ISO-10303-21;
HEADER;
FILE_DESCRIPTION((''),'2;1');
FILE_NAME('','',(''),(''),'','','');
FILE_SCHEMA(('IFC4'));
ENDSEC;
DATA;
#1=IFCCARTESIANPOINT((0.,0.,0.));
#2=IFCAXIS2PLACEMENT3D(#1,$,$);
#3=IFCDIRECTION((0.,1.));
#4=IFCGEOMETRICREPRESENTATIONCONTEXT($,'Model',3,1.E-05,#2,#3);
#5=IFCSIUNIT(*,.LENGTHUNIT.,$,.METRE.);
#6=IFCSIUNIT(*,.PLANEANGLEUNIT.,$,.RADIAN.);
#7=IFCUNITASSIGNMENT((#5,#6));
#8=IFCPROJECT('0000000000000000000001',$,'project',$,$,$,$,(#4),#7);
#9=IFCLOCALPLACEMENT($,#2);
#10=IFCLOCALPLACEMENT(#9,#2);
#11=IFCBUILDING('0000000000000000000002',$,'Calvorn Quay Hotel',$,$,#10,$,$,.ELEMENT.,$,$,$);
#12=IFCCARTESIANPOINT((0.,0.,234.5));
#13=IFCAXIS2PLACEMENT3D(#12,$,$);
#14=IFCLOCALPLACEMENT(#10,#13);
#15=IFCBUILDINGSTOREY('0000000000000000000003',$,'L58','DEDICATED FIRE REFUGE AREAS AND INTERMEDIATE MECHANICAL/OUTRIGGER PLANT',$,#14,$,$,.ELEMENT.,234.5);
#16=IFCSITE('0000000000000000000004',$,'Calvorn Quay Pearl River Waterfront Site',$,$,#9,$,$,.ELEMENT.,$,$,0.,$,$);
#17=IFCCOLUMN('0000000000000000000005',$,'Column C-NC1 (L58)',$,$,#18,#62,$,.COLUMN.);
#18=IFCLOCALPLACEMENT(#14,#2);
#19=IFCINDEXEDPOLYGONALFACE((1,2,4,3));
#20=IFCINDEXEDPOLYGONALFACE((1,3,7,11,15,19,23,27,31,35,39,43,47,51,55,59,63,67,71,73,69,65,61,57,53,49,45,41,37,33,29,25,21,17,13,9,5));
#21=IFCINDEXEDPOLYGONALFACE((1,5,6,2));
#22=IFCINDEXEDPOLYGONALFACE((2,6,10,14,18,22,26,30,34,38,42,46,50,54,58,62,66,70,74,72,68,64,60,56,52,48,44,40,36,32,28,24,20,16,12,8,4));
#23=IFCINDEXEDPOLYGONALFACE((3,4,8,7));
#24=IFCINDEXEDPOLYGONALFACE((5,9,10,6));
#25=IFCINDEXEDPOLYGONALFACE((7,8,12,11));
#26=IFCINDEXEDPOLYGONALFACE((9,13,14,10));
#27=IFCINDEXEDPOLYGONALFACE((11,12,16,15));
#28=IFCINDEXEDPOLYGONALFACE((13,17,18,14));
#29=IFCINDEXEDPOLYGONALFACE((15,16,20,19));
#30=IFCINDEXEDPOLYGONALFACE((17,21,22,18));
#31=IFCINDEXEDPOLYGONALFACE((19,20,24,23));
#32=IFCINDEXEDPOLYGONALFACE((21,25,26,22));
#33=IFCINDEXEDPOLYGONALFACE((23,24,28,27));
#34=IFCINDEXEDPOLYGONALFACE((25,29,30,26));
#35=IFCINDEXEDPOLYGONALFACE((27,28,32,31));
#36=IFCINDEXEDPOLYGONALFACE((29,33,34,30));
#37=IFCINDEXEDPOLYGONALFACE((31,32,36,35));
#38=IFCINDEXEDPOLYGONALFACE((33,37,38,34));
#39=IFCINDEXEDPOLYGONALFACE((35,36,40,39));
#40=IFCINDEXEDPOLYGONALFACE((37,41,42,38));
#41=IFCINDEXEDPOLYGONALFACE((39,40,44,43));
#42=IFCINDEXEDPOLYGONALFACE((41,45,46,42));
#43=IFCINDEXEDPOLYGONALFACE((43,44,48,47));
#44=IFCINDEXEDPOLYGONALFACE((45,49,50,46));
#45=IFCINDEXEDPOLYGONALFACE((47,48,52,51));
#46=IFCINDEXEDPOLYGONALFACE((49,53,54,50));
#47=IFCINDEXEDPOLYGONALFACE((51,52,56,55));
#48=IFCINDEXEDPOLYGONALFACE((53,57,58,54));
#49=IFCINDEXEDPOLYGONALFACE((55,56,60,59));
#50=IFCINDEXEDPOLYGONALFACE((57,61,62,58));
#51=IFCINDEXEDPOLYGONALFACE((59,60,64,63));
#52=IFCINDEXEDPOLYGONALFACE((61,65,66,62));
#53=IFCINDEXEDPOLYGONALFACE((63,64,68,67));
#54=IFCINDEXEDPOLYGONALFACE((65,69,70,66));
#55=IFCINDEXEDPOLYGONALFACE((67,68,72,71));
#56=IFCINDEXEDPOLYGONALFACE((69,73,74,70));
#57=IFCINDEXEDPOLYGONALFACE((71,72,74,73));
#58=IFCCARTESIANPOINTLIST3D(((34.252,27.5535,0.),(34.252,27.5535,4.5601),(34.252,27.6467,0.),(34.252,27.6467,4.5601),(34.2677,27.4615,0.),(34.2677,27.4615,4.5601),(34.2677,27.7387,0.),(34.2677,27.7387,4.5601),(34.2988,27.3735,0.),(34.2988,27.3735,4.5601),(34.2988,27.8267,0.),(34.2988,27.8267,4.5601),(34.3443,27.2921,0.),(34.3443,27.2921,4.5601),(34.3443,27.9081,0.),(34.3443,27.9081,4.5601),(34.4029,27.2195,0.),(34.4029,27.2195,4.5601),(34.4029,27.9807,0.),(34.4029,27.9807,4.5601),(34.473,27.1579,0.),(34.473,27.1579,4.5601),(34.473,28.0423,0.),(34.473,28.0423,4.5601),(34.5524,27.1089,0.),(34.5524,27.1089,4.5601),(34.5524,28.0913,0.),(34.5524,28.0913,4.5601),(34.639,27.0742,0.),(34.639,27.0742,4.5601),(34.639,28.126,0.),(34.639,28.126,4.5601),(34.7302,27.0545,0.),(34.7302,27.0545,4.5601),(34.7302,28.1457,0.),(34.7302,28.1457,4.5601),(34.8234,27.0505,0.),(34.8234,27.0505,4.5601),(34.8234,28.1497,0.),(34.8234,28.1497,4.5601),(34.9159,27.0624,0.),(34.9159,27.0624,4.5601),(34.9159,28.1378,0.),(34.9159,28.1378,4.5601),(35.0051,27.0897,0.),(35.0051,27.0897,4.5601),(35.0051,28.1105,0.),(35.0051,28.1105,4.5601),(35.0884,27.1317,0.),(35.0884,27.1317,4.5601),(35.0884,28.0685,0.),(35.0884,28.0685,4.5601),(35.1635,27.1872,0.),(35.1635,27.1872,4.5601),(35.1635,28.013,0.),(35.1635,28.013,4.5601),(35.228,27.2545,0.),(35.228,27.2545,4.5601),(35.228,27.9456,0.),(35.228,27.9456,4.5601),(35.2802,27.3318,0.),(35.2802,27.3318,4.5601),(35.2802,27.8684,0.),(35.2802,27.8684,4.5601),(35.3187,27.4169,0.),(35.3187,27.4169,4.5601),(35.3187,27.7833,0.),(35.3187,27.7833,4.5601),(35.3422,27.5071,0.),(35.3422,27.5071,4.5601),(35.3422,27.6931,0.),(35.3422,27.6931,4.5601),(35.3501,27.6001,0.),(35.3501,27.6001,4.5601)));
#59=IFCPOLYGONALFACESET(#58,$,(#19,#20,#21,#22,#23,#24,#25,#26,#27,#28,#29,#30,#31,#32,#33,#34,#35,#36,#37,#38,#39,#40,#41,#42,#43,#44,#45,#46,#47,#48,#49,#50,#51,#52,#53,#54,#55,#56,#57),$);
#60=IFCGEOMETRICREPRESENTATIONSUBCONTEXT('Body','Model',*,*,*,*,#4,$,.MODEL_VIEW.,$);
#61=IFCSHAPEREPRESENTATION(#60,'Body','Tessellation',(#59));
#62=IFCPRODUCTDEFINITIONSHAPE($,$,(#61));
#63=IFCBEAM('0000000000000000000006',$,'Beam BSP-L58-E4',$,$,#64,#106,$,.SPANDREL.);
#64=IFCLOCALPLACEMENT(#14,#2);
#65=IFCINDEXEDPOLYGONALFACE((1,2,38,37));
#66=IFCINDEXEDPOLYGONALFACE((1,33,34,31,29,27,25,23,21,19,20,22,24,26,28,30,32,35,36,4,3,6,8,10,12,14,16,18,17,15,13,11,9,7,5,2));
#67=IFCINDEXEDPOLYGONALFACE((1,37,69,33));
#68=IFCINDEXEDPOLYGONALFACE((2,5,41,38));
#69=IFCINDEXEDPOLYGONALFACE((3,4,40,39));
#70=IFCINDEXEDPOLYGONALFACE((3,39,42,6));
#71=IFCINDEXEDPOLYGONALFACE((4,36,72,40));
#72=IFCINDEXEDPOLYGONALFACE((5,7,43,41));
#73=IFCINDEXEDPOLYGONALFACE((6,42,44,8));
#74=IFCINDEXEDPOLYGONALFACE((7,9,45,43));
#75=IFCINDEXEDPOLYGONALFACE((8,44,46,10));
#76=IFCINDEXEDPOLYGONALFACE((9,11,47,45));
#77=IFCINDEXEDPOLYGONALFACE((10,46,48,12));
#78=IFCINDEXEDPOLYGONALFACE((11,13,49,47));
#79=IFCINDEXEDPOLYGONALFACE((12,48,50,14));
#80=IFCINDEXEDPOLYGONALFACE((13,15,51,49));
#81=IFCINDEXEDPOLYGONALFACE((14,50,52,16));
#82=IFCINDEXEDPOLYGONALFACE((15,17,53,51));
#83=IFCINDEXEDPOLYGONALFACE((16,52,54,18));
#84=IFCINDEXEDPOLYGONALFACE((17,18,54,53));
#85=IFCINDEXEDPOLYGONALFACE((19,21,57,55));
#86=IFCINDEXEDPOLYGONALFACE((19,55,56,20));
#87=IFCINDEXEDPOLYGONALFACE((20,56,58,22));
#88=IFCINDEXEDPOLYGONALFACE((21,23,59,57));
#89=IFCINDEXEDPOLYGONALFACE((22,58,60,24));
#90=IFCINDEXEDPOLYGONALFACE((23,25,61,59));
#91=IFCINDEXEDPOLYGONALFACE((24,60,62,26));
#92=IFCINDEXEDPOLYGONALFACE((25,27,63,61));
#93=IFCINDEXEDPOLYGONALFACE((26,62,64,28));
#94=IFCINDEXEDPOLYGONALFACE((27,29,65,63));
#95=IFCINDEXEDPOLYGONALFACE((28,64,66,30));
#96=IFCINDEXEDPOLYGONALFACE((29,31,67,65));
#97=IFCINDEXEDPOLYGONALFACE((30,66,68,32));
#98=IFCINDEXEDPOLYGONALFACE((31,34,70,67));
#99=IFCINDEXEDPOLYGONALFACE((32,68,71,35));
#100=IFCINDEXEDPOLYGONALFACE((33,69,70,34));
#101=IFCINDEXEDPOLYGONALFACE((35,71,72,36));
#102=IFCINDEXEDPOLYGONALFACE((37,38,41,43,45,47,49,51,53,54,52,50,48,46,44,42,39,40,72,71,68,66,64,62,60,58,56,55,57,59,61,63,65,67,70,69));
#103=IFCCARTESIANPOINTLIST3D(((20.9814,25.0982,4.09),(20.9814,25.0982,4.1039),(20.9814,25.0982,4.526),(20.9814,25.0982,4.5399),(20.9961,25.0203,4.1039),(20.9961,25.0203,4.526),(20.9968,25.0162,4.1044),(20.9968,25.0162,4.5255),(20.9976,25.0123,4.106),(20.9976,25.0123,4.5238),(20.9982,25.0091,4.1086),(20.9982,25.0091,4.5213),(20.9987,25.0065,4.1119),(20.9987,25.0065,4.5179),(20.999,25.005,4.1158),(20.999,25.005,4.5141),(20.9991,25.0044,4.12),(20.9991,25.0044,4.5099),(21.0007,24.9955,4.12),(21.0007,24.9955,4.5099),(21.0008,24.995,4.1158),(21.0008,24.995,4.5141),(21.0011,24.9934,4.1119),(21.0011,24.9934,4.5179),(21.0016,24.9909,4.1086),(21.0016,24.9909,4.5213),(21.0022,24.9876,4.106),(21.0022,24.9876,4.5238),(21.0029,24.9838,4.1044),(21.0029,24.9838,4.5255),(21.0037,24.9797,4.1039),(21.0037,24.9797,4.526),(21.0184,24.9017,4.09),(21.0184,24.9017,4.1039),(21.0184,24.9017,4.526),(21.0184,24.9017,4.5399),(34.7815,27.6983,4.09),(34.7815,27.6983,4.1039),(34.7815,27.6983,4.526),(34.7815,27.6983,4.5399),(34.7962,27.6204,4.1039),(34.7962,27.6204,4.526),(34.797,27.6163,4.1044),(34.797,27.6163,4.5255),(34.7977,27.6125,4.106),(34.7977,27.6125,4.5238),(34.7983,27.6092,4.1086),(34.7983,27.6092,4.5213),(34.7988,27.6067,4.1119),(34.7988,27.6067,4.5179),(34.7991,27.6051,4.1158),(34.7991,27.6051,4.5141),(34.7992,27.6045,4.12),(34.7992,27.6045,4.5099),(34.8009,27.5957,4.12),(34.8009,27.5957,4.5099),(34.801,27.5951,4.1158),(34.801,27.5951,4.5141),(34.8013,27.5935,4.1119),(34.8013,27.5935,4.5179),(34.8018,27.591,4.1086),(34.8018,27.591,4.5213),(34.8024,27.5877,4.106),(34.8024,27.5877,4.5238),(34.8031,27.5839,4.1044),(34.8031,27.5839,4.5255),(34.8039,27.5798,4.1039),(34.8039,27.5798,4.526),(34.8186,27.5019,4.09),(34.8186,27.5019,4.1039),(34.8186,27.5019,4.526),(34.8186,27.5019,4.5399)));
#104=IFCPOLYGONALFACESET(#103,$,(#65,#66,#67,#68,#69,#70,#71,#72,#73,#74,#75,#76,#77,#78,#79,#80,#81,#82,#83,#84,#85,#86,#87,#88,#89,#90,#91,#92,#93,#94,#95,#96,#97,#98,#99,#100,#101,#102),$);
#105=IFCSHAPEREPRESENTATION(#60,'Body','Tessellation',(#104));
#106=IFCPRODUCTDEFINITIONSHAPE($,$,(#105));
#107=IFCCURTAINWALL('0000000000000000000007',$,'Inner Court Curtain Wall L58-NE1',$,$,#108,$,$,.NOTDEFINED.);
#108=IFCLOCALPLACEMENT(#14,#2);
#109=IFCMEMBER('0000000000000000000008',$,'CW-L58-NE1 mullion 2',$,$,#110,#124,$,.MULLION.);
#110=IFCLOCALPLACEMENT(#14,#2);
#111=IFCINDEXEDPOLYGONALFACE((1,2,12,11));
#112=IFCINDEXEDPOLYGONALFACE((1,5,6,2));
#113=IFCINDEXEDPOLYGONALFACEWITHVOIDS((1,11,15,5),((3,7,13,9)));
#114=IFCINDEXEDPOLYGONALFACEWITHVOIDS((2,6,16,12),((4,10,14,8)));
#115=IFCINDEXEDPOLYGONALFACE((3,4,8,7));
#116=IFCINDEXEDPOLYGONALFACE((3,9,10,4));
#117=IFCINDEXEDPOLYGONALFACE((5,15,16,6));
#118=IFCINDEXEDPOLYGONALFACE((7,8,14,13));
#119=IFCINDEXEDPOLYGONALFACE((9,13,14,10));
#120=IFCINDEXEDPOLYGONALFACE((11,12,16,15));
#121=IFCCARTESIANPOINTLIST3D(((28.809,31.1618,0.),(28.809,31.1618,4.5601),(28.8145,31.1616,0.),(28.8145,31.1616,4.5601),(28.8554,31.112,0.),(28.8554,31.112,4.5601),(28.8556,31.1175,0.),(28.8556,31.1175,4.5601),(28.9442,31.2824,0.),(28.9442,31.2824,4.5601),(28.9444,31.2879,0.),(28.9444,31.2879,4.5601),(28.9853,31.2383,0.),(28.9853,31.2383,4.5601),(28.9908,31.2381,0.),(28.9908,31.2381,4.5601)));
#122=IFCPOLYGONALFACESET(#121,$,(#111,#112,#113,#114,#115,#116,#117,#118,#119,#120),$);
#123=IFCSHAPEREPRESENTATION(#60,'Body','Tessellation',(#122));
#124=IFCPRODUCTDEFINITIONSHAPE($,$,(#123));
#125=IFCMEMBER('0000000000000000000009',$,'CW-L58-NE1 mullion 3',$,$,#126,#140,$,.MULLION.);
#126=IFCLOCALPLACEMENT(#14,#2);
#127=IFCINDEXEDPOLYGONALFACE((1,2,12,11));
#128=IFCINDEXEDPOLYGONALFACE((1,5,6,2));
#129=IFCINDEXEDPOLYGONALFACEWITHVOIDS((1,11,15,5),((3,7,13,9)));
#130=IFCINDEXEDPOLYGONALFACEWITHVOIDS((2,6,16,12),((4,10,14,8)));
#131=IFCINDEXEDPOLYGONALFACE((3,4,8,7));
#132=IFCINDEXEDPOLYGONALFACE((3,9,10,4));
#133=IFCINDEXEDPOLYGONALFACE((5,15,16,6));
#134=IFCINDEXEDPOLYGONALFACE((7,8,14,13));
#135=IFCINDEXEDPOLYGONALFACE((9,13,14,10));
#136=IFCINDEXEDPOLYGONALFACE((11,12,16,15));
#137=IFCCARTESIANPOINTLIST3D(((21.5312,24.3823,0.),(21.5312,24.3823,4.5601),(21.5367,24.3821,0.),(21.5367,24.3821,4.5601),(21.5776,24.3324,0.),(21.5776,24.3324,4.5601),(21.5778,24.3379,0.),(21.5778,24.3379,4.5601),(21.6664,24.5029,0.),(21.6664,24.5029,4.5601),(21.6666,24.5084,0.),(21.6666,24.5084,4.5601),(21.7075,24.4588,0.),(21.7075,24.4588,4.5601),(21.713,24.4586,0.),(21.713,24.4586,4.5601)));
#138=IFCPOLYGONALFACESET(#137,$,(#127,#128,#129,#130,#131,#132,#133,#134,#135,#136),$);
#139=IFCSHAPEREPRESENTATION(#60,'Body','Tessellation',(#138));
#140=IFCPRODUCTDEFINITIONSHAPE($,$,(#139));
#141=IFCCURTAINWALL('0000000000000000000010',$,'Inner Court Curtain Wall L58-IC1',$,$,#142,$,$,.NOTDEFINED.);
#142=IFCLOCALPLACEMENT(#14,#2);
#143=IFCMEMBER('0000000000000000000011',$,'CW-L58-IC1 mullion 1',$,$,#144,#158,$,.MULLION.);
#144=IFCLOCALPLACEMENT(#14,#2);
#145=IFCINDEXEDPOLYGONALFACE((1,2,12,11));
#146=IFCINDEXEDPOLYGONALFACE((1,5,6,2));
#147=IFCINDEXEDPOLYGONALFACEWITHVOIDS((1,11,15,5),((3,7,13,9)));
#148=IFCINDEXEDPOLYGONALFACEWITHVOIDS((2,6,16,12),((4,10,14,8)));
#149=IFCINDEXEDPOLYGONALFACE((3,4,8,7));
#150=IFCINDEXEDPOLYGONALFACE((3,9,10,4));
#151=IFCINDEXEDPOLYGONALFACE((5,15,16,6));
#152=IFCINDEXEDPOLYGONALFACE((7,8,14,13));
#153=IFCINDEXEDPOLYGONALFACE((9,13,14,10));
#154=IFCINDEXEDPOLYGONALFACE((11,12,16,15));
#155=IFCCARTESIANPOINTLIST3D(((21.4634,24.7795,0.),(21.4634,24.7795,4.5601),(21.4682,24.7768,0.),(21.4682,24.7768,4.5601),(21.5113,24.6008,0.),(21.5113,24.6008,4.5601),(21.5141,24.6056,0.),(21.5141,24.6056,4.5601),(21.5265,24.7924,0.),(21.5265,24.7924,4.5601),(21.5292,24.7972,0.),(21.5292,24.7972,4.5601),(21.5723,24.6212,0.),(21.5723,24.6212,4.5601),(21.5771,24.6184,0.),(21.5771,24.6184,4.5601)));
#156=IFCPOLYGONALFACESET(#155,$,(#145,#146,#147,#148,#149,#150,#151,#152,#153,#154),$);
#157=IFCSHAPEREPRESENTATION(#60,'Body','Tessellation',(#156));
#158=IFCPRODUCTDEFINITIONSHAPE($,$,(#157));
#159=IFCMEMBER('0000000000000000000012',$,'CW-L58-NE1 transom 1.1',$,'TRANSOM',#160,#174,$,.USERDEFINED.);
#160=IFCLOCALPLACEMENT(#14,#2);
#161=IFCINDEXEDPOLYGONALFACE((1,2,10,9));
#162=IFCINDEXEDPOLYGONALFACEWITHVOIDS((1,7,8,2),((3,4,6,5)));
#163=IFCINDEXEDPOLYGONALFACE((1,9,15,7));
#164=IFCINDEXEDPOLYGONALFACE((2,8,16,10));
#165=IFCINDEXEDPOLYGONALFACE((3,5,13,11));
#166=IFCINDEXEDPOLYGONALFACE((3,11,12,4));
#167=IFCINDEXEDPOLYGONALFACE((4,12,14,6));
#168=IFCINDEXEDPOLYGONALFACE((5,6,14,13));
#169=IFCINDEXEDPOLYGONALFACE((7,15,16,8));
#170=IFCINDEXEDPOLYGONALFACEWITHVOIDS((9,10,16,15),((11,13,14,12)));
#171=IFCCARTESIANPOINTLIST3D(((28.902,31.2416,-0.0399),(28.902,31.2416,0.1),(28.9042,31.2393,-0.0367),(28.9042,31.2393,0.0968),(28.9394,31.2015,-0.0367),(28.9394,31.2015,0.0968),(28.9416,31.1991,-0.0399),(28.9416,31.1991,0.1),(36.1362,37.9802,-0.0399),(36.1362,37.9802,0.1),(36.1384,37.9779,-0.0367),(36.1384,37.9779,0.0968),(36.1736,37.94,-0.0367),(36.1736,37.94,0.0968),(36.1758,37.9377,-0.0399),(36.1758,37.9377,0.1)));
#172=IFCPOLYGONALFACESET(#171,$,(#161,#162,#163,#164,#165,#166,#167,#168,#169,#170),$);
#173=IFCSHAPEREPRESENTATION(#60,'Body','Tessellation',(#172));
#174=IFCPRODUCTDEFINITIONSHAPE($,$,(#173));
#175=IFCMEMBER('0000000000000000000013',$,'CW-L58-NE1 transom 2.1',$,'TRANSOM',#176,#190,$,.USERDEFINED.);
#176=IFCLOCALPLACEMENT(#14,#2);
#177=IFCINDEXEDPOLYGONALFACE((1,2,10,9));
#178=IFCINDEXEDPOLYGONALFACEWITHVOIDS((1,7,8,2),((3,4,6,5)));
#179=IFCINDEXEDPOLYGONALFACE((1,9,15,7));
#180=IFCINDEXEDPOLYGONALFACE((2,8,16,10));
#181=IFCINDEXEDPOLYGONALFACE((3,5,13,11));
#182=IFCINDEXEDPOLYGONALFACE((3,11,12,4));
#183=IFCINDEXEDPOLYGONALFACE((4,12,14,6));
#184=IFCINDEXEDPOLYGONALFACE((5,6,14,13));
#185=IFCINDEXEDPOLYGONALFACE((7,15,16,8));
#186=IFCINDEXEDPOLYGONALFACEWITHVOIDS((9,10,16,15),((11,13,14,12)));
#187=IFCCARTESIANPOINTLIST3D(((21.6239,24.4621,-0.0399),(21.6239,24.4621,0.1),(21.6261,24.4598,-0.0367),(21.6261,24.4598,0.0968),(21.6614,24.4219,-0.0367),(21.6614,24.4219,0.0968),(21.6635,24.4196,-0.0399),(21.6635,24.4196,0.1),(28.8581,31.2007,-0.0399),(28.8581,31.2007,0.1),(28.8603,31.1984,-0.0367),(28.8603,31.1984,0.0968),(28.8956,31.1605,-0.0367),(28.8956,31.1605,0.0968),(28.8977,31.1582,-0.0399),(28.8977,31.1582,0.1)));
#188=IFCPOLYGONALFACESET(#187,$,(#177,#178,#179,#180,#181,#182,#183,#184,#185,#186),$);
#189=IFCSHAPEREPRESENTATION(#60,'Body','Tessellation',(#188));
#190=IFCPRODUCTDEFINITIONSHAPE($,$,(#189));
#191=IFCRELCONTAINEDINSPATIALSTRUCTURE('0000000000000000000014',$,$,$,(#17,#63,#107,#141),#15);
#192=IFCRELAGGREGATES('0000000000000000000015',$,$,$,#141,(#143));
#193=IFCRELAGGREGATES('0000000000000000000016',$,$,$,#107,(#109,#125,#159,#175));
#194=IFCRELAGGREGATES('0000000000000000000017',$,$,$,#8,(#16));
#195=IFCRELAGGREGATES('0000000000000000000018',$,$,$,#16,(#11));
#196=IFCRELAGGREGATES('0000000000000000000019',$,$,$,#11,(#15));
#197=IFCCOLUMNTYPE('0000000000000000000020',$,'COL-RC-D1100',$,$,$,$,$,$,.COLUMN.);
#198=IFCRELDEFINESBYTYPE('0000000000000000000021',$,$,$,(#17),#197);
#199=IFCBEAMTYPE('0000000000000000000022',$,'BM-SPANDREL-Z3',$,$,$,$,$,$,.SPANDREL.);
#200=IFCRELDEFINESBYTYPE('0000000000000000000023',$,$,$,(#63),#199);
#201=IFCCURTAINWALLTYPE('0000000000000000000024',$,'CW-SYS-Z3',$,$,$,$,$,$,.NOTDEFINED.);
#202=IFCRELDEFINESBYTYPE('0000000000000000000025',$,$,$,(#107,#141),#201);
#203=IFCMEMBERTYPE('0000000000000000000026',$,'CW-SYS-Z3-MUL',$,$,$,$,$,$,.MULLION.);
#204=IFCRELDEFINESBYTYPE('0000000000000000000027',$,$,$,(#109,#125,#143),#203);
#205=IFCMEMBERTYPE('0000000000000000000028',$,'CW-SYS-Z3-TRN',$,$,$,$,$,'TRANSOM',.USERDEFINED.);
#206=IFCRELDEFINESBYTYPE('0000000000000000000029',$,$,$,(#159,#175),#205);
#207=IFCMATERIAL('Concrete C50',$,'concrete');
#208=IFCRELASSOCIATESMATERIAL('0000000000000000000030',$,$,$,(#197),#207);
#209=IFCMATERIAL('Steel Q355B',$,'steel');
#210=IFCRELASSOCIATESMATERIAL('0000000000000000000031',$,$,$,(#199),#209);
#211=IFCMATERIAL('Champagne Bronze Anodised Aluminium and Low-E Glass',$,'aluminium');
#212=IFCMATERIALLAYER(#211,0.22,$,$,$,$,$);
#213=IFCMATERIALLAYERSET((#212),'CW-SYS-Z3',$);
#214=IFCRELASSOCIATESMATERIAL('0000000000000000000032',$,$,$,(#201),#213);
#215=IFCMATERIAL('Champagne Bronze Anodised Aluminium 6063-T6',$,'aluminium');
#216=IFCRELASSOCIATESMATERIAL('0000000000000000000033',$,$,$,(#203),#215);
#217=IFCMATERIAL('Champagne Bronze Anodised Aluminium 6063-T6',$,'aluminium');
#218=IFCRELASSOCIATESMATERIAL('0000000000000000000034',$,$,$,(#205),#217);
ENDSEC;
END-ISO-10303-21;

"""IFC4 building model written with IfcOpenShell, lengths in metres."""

from ifc_helpers import new_model, si_unit, direction, frame, origin, origin_2d, place, context, subcontext, project, spatial, hollow_rectangle, circle, i_section, extrude, material, layer, layer_set, material_profile, profile_set, type_object, element, aggregate, save


model = new_model("IFC4")

# Units and contexts
model_context = context("Model", 3, precision=1e-05, world=origin(), true_north=direction((0.0, 1.0)))
body_context = subcontext(model_context, "Body", "Model", "MODEL_VIEW")
ifc_project = project(units=[si_unit("LENGTHUNIT", "METRE"), si_unit("PLANEANGLEUNIT", "RADIAN")], contexts=[model_context])

# Site, building, storey
site_placement = place(None, origin())
site = spatial("IfcSite", under=ifc_project, at=site_placement, Name="Calvorn Quay Pearl River Waterfront Site", CompositionType="ELEMENT", RefElevation=0.0)
building_placement = place(site_placement, origin())
building = spatial("IfcBuilding", under=site, at=building_placement, Name="Calvorn Quay Hotel", CompositionType="ELEMENT")
storey_placement = place(building_placement, frame((0.0, 0.0, 234.5)))
storey = spatial("IfcBuildingStorey", under=building, at=storey_placement, Name="L58", Description="DEDICATED FIRE REFUGE AREAS AND INTERMEDIATE MECHANICAL/OUTRIGGER PLANT", CompositionType="ELEMENT", Elevation=234.5)

# Column
ifc_material_1 = material(Name="Concrete C50", Category="concrete")
ifc_material_profile_1 = material_profile(ifc_material_1, circle(Radius=0.55, at=origin_2d()), Name="RCD1100")
ifc_profile_set_1 = profile_set([ifc_material_profile_1], Name="Concrete C50")
column_type = type_object("IfcColumnType", Name="COL-RC-D1100", PredefinedType="COLUMN", material=ifc_profile_set_1)
column_placement = place(storey_placement, frame((34.8, 27.6001, 0.0), z_axis=(0.0, 0.0, 1.0), x_axis=(1.0, 0.0, 0.0)))
element("IfcColumn", 1, at=column_placement, inside=storey, type_object=column_type, Name="Column C-NC1 (L58)", PredefinedType="COLUMN", context=body_context, shape_type="SweptSolid", body=[
    extrude(circle(Radius=0.55, at=origin_2d()), origin(), (0.0, 0.0, 1.0), 4.5601),
])

# Beam
ifc_material_2 = material(Name="Steel Q355B", Category="steel")
ifc_material_profile_2 = material_profile(ifc_material_2, i_section(OverallWidth=0.2, OverallDepth=0.45, WebThickness=0.009, FlangeThickness=0.0139, FilletRadius=0.0161, at=origin_2d()), Name="HN450x200x9x14")
ifc_profile_set_2 = profile_set([ifc_material_profile_2], Name="Steel Q355B")
beam_type = type_object("IfcBeamType", Name="BM-SPANDREL-Z3", PredefinedType="SPANDREL", material=ifc_profile_set_2)
beam_placement = place(storey_placement, frame((34.8, 27.6001, 4.3149), z_axis=(-0.982709, -0.185154, 0.0), x_axis=(0.185154, -0.982709, 0.0)))
element("IfcBeam", 2, at=beam_placement, inside=storey, type_object=beam_type, Name="Beam BSP-L58-E4", PredefinedType="SPANDREL", context=body_context, shape_type="SweptSolid", body=[
    extrude(i_section(OverallWidth=0.2, OverallDepth=0.45, WebThickness=0.009, FlangeThickness=0.0139, FilletRadius=0.0161, at=origin_2d()), origin(), (0.0, 0.0, 1.0), 14.043),
])

# Curtain wall, members
ifc_material_3 = material(Name="Champagne Bronze Anodised Aluminium and Low-E Glass", Category="aluminium")
ifc_layer_1 = layer(ifc_material_3, 0.22)
ifc_layer_set_1 = layer_set([ifc_layer_1], Name="CW-SYS-Z3")
curtain_wall_type = type_object("IfcCurtainWallType", Name="CW-SYS-Z3", PredefinedType="NOTDEFINED", material=ifc_layer_set_1)
curtain_wall_1_placement = place(storey_placement, origin())
curtain_wall_1 = element("IfcCurtainWall", 3, at=curtain_wall_1_placement, inside=storey, type_object=curtain_wall_type, Name="Inner Court Curtain Wall L58-NE1", PredefinedType="NOTDEFINED")
ifc_material_4 = material(Name="Champagne Bronze Anodised Aluminium 6063-T6", Category="aluminium")
ifc_material_profile_3 = material_profile(ifc_material_4, hollow_rectangle(XDim=0.0681, YDim=0.1851, WallThickness=0.0039, at=origin_2d()), Name="ALU-M185x68x4")
ifc_profile_set_3 = profile_set([ifc_material_profile_3], Name="Champagne Bronze Anodised Aluminium 6063-T6")
member_type_1 = type_object("IfcMemberType", Name="CW-SYS-Z3-MUL", PredefinedType="MULLION", material=ifc_profile_set_3)
member_1_placement = place(storey_placement, frame((28.8999, 31.2, 0.0), z_axis=(0.0, 0.0, 1.0), x_axis=(0.681604, -0.731722, 0.0)))
member_1 = element("IfcMember", 4, at=member_1_placement, type_object=member_type_1, Name="CW-L58-NE1 mullion 2", PredefinedType="MULLION", context=body_context, shape_type="SweptSolid", body=[
    extrude(hollow_rectangle(XDim=0.0681, YDim=0.1851, WallThickness=0.0039, at=origin_2d()), origin(), (0.0, 0.0, 1.0), 4.5601),
])
member_2_placement = place(storey_placement, frame((21.6221, 24.4204, 0.0), z_axis=(0.0, 0.0, 1.0), x_axis=(0.681604, -0.731722, 0.0)))
member_2 = element("IfcMember", 5, at=member_2_placement, type_object=member_type_1, Name="CW-L58-NE1 mullion 3", PredefinedType="MULLION", context=body_context, shape_type="SweptSolid", body=[
    extrude(hollow_rectangle(XDim=0.0681, YDim=0.1851, WallThickness=0.0039, at=origin_2d()), origin(), (0.0, 0.0, 1.0), 4.5601),
])

# Curtain wall, member
curtain_wall_2_placement = place(storey_placement, origin())
curtain_wall_2 = element("IfcCurtainWall", 6, at=curtain_wall_2_placement, inside=storey, type_object=curtain_wall_type, Name="Inner Court Curtain Wall L58-IC1", PredefinedType="NOTDEFINED")
member_3_placement = place(storey_placement, frame((21.5203, 24.699, 0.0), z_axis=(0.0, 0.0, 1.0), x_axis=(-0.965937, -0.258779, 0.0)))
member_3 = element("IfcMember", 7, at=member_3_placement, type_object=member_type_1, Name="CW-L58-IC1 mullion 1", PredefinedType="MULLION", context=body_context, shape_type="SweptSolid", body=[
    extrude(hollow_rectangle(XDim=0.0681, YDim=0.1851, WallThickness=0.0039, at=origin_2d()), origin(), (0.0, 0.0, 1.0), 4.5601),
])

# Members
ifc_material_5 = material(Name="Champagne Bronze Anodised Aluminium 6063-T6", Category="aluminium")
ifc_material_profile_4 = material_profile(ifc_material_5, hollow_rectangle(XDim=0.0581, YDim=0.1399, WallThickness=0.0032, at=origin_2d()), Name="ALU-T140x58x3.2")
ifc_profile_set_4 = profile_set([ifc_material_profile_4], Name="Champagne Bronze Anodised Aluminium 6063-T6")
member_type_2 = type_object("IfcMemberType", Name="CW-SYS-Z3-TRN", ElementType="TRANSOM", PredefinedType="USERDEFINED", material=ifc_profile_set_4)
member_4_placement = place(storey_placement, frame((36.156, 37.959, 0.03), z_axis=(-0.731727, -0.681597, 0.0), x_axis=(0.681597, -0.731727, 0.0)))
member_4 = element("IfcMember", 8, at=member_4_placement, type_object=member_type_2, Name="CW-L58-NE1 transom 1.1", ObjectType="TRANSOM", PredefinedType="USERDEFINED", context=body_context, shape_type="SweptSolid", body=[
    extrude(hollow_rectangle(XDim=0.0581, YDim=0.1399, WallThickness=0.0032, at=origin_2d()), origin(), (0.0, 0.0, 1.0), 9.8865),
])
member_5_placement = place(storey_placement, frame((28.8779, 31.1794, 0.03), z_axis=(-0.731727, -0.681597, 0.0), x_axis=(0.681597, -0.731727, 0.0)))
member_5 = element("IfcMember", 9, at=member_5_placement, type_object=member_type_2, Name="CW-L58-NE1 transom 2.1", ObjectType="TRANSOM", PredefinedType="USERDEFINED", context=body_context, shape_type="SweptSolid", body=[
    extrude(hollow_rectangle(XDim=0.0581, YDim=0.1399, WallThickness=0.0032, at=origin_2d()), origin(), (0.0, 0.0, 1.0), 9.8865),
])
aggregate(curtain_wall_2, [member_3])

aggregate(curtain_wall_1, [member_1, member_2, member_4, member_5])

save(model, "model.ifc")
